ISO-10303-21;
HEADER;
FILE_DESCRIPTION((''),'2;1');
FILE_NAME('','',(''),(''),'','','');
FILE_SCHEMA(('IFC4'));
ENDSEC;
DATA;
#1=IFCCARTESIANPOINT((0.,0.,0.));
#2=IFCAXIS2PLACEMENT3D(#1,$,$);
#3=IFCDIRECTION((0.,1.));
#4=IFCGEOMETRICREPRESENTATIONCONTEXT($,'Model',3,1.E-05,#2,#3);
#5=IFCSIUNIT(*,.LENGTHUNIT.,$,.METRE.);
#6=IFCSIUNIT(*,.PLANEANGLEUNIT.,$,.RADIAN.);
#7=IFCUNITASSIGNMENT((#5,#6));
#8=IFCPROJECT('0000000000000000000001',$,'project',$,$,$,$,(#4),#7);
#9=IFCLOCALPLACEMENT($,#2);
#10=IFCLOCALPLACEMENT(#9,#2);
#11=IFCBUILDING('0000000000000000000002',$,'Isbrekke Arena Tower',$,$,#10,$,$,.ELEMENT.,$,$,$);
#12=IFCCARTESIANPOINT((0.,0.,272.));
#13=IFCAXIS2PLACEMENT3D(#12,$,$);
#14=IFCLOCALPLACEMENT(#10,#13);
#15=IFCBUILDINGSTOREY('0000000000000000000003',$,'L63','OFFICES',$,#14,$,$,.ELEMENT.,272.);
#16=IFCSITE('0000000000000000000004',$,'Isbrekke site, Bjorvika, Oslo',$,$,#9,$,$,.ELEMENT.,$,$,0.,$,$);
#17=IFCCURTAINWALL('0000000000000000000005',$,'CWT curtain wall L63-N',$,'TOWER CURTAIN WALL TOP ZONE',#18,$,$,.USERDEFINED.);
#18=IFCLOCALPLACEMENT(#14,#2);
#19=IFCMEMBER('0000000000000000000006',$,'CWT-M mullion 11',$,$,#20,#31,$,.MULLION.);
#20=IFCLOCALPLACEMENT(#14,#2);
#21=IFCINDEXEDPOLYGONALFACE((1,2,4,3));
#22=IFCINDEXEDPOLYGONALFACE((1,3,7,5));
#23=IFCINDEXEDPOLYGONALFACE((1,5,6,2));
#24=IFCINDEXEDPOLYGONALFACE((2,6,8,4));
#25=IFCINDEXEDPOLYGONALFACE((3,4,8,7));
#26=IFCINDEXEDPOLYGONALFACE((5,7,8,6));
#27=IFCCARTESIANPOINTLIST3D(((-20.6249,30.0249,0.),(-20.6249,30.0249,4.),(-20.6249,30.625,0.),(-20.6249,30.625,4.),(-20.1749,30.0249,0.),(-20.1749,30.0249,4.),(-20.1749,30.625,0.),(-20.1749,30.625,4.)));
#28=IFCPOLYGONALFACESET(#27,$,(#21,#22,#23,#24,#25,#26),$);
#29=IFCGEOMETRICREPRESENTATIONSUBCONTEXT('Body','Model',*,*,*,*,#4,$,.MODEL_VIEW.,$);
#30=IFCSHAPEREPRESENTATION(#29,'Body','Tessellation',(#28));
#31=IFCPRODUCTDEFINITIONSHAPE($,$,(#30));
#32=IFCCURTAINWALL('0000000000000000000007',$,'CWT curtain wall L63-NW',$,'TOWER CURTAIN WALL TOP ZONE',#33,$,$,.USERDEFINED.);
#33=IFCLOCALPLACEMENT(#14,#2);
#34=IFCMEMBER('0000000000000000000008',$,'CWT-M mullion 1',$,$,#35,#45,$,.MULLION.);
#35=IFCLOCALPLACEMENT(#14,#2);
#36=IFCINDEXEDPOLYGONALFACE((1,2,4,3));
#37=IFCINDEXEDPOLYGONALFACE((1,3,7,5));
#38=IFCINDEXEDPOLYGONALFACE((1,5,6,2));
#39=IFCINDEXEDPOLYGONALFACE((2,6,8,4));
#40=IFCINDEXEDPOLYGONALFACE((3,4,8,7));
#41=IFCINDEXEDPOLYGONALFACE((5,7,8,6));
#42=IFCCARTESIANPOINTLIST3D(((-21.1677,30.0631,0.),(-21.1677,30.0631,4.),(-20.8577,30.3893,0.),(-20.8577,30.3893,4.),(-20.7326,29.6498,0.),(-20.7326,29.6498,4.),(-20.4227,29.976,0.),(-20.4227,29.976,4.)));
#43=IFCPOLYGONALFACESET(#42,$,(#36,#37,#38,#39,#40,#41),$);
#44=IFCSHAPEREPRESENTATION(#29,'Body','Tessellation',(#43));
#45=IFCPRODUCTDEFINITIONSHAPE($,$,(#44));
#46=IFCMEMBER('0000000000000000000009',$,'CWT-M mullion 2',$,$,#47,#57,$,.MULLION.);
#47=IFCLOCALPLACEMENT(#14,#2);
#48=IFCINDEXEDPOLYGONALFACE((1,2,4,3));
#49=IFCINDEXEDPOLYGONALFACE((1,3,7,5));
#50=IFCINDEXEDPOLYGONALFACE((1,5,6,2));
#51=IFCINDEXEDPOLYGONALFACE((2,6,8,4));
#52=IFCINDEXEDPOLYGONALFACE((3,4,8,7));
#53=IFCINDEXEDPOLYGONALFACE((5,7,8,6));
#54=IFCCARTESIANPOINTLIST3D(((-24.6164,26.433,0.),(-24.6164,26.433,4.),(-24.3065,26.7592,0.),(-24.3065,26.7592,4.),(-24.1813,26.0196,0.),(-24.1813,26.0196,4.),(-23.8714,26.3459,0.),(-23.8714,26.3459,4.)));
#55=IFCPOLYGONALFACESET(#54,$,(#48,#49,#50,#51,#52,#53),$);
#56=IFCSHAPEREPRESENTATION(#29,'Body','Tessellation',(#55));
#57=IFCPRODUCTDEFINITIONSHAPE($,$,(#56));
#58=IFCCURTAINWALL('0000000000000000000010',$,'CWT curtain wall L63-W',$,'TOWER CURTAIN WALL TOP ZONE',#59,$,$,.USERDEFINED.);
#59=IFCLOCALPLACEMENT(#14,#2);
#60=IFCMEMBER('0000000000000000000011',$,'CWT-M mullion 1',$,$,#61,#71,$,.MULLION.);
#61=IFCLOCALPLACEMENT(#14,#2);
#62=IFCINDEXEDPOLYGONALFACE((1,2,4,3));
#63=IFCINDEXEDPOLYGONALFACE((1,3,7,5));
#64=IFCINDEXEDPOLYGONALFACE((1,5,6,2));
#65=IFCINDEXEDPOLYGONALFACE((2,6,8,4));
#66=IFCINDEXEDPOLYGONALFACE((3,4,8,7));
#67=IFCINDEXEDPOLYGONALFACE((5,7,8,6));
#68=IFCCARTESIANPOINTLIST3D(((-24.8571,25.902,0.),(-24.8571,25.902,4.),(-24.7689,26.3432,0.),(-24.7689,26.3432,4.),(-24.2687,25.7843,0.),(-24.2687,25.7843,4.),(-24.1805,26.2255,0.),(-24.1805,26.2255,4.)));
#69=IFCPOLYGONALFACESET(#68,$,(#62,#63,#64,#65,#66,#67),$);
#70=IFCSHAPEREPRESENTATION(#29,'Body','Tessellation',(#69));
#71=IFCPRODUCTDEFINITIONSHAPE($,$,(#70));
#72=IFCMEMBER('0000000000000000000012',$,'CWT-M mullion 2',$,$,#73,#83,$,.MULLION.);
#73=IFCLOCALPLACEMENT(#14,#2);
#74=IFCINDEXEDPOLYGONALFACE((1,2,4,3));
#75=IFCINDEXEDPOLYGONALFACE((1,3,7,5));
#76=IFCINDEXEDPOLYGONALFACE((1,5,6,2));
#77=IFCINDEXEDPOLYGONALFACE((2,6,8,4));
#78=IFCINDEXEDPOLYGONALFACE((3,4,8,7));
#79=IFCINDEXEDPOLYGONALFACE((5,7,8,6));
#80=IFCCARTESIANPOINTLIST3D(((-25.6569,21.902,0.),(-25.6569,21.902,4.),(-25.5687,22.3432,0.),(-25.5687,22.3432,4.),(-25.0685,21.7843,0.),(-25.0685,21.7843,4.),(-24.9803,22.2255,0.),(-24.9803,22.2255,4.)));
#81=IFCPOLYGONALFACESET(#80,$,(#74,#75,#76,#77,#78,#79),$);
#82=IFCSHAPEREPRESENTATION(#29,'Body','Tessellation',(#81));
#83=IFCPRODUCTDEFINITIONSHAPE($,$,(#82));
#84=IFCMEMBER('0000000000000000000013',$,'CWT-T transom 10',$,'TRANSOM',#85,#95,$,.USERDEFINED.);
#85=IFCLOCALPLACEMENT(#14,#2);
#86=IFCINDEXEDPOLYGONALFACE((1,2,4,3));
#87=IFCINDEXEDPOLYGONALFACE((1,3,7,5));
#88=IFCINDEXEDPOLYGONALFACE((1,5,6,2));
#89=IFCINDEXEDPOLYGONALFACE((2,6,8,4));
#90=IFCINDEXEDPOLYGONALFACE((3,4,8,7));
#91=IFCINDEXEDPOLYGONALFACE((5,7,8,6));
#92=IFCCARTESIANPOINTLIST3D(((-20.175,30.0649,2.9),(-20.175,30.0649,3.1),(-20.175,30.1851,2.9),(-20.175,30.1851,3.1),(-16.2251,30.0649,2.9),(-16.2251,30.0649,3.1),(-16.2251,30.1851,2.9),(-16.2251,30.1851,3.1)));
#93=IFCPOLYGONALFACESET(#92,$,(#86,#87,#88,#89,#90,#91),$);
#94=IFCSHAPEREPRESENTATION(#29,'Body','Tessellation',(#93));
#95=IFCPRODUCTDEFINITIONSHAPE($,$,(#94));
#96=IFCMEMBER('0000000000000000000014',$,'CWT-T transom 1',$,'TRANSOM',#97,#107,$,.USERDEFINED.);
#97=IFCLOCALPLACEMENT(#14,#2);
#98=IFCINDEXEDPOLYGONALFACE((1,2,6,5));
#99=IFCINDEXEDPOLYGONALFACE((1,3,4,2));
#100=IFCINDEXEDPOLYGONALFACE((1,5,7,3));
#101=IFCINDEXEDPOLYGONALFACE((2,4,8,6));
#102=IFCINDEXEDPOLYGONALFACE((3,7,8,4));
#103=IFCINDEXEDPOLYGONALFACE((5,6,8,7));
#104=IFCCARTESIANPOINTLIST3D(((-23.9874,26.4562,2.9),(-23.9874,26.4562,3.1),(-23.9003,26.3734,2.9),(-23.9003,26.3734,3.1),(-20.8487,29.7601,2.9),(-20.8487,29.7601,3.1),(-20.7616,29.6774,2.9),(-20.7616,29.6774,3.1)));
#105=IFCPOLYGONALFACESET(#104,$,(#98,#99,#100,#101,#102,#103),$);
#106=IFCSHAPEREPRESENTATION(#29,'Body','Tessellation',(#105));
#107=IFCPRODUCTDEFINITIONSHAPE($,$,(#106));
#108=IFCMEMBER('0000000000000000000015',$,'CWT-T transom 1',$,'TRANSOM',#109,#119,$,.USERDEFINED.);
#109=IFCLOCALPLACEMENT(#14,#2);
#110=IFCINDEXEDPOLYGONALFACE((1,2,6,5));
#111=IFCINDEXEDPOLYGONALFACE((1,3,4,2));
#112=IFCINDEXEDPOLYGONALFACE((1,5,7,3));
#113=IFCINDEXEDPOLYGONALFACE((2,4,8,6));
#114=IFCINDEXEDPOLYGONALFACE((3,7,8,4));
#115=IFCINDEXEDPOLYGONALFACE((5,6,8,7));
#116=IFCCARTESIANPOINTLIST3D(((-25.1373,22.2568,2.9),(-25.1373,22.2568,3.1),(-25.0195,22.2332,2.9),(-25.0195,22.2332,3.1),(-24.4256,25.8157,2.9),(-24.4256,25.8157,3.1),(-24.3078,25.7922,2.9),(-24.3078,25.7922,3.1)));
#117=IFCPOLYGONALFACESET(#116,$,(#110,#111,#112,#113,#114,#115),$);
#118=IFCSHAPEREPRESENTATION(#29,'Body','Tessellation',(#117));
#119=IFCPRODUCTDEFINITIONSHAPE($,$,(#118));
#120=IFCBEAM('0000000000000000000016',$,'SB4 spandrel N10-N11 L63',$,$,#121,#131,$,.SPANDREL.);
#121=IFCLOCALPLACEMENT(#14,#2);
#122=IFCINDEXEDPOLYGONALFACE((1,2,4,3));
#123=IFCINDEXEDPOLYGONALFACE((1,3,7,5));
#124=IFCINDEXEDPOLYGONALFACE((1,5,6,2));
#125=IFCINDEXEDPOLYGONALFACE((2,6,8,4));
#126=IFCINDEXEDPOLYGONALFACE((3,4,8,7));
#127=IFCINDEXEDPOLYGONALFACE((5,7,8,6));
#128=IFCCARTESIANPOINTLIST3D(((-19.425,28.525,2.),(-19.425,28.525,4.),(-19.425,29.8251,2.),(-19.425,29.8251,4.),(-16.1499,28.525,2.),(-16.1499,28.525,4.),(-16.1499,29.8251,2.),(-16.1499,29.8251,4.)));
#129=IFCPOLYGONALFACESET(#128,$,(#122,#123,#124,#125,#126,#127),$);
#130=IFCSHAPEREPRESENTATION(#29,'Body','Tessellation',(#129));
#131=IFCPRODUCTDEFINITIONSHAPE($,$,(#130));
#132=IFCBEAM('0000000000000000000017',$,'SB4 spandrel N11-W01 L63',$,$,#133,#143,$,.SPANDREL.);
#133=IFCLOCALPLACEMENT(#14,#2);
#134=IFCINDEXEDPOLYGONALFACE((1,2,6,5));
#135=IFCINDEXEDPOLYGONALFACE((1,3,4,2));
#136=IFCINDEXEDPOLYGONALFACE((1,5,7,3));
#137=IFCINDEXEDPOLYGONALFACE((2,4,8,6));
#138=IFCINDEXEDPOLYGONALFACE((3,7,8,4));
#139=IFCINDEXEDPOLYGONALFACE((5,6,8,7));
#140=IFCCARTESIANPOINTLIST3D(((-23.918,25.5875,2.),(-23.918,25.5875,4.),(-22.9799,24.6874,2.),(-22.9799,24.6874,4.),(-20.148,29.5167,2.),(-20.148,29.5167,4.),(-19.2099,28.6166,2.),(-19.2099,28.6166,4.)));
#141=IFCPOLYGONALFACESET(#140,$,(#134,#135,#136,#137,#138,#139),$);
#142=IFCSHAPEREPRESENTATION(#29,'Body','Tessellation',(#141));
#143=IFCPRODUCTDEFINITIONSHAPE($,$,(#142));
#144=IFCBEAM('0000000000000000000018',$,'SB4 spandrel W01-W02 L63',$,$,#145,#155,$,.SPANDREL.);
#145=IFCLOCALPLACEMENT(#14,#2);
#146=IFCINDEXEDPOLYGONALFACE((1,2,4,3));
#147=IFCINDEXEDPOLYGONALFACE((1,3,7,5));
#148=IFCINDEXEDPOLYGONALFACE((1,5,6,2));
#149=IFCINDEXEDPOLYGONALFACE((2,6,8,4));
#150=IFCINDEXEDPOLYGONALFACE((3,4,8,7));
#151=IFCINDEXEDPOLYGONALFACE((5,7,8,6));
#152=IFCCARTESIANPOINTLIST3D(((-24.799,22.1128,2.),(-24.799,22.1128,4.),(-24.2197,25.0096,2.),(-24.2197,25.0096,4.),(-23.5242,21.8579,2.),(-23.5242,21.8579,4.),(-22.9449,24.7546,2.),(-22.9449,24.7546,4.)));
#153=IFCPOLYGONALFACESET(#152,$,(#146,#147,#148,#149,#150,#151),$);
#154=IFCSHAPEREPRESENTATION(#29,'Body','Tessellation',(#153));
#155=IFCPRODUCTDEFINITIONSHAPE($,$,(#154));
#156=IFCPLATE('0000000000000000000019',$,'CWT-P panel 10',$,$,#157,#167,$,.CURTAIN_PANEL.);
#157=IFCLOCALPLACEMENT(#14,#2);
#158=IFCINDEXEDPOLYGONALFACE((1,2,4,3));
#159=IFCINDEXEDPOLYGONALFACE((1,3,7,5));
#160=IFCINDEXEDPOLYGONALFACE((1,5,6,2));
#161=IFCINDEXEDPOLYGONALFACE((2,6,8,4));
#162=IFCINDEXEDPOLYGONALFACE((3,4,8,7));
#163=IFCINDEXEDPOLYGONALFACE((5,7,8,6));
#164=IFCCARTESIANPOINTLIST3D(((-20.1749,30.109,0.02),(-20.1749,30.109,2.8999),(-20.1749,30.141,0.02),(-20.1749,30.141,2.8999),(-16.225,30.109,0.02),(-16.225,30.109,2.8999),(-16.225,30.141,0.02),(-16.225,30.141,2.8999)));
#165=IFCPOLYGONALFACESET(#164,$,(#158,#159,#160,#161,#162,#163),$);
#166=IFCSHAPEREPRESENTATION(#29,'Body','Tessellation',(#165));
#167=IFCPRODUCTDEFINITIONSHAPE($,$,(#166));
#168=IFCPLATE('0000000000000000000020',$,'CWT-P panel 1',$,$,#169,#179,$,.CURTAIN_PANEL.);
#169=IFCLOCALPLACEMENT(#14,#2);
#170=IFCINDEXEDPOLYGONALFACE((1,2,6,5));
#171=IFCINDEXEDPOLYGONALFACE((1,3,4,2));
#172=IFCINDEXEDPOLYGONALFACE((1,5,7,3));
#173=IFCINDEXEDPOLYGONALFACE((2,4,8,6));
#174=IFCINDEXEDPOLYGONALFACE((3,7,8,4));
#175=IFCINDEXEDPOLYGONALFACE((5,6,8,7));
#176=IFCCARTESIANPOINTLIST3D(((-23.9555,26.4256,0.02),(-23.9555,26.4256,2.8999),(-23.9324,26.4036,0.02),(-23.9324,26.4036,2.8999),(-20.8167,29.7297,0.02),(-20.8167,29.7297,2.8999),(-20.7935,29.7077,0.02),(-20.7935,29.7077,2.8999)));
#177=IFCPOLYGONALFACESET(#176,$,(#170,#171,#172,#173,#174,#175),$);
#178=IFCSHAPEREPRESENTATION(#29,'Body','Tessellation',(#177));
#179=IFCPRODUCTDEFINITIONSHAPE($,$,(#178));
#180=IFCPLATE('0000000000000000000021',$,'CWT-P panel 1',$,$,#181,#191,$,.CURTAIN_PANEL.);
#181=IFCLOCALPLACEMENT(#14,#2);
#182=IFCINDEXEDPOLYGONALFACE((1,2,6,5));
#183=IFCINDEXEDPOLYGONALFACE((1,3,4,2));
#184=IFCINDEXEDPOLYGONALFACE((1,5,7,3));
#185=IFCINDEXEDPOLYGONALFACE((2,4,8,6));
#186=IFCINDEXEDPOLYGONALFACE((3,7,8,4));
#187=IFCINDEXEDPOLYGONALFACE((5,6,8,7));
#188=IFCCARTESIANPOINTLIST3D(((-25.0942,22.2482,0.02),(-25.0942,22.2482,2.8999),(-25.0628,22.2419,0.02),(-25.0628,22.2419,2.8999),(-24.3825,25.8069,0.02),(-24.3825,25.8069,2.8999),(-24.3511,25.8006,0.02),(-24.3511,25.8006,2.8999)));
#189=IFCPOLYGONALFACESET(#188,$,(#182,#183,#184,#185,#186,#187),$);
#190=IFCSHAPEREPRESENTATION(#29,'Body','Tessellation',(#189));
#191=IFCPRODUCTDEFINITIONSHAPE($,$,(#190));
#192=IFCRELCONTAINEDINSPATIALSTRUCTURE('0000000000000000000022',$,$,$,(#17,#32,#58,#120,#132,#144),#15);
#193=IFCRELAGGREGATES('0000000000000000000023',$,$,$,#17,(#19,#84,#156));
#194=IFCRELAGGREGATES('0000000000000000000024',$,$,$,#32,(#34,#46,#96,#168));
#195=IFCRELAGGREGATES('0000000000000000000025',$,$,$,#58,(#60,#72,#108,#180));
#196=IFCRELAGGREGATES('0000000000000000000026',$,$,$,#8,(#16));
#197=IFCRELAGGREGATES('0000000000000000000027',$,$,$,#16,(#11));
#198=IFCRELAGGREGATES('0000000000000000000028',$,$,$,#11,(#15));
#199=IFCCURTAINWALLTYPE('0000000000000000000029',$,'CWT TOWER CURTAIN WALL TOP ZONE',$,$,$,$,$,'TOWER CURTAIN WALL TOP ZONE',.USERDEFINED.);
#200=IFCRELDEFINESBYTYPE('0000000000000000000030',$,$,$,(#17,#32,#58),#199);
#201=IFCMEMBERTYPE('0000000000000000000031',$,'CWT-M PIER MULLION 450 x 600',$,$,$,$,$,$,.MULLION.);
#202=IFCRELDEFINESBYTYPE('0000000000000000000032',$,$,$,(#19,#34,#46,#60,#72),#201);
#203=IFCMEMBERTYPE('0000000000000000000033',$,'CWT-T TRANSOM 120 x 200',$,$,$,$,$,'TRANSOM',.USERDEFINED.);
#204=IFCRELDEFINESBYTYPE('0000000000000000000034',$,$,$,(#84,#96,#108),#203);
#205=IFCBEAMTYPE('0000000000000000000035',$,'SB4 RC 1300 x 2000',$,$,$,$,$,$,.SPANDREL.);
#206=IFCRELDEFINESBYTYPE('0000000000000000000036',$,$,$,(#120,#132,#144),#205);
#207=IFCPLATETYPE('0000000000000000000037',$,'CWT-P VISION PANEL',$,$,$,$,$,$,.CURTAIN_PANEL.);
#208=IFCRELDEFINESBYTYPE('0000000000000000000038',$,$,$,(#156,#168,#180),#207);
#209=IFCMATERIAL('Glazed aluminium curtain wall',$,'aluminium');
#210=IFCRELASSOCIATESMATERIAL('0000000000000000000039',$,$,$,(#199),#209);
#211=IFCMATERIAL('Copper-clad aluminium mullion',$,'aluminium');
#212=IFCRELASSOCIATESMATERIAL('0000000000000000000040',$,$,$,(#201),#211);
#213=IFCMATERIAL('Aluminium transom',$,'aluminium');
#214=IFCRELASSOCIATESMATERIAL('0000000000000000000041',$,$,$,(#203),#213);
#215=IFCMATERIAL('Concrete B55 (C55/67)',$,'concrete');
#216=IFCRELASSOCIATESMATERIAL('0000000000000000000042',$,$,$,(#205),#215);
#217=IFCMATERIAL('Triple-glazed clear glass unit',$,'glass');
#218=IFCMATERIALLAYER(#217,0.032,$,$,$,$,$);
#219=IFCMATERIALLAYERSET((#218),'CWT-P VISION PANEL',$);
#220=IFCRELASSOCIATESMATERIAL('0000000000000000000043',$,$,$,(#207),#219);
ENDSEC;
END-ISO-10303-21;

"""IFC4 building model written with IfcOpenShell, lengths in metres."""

from ifc_helpers import new_model, si_unit, direction, frame, origin, origin_2d, place, context, subcontext, project, spatial, rectangle, extrude, material, layer, layer_set, material_profile, profile_set, type_object, element, aggregate, save


model = new_model("IFC4")

# Units and contexts
model_context = context("Model", 3, precision=1e-05, world=origin(), true_north=direction((0.0, 1.0)))
body_context = subcontext(model_context, "Body", "Model", "MODEL_VIEW")
ifc_project = project(units=[si_unit("LENGTHUNIT", "METRE"), si_unit("PLANEANGLEUNIT", "RADIAN")], contexts=[model_context])

# Site, building, storey
site_placement = place(None, origin())
site = spatial("IfcSite", under=ifc_project, at=site_placement, Name="Isbrekke site, Bjorvika, Oslo", CompositionType="ELEMENT", RefElevation=0.0)
building_placement = place(site_placement, origin())
building = spatial("IfcBuilding", under=site, at=building_placement, Name="Isbrekke Arena Tower", CompositionType="ELEMENT")
storey_placement = place(building_placement, frame((0.0, 0.0, 272.0)))
storey = spatial("IfcBuildingStorey", under=building, at=storey_placement, Name="L63", Description="OFFICES", CompositionType="ELEMENT", Elevation=272.0)

# Curtain wall, member
ifc_material_1 = material(Name="Glazed aluminium curtain wall", Category="aluminium")
curtain_wall_type = type_object("IfcCurtainWallType", Name="CWT TOWER CURTAIN WALL TOP ZONE", ElementType="TOWER CURTAIN WALL TOP ZONE", PredefinedType="USERDEFINED", material=ifc_material_1)
curtain_wall_1_placement = place(storey_placement, origin())
curtain_wall_1 = element("IfcCurtainWall", 1, at=curtain_wall_1_placement, inside=storey, type_object=curtain_wall_type, Name="CWT curtain wall L63-N", ObjectType="TOWER CURTAIN WALL TOP ZONE", PredefinedType="USERDEFINED")
ifc_material_2 = material(Name="Copper-clad aluminium mullion", Category="aluminium")
ifc_material_profile_1 = material_profile(ifc_material_2, rectangle(XDim=0.45, YDim=0.6001, at=origin_2d()), Name="PIER 450X600")
ifc_profile_set_1 = profile_set([ifc_material_profile_1], Name="Copper-clad aluminium mullion")
member_type_1 = type_object("IfcMemberType", Name="CWT-M PIER MULLION 450 x 600", PredefinedType="MULLION", material=ifc_profile_set_1)
member_1_placement = place(storey_placement, frame((-20.3999, 30.325, 0.0), z_axis=(0.0, 0.0, 1.0), x_axis=(-1.0, 0.0, 0.0)))
member_1 = element("IfcMember", 2, at=member_1_placement, type_object=member_type_1, Name="CWT-M mullion 11", PredefinedType="MULLION", context=body_context, shape_type="SweptSolid", body=[
    extrude(rectangle(XDim=0.45, YDim=0.6001, at=origin_2d()), origin(), (0.0, 0.0, 1.0), 4.0),
])

# Curtain walls, members
curtain_wall_2_placement = place(storey_placement, origin())
curtain_wall_2 = element("IfcCurtainWall", 3, at=curtain_wall_2_placement, inside=storey, type_object=curtain_wall_type, Name="CWT curtain wall L63-NW", ObjectType="TOWER CURTAIN WALL TOP ZONE", PredefinedType="USERDEFINED")
member_2_placement = place(storey_placement, frame((-20.7952, 30.0195, 0.0), z_axis=(0.0, 0.0, 1.0), x_axis=(-0.688749, -0.724999, 0.0)))
member_2 = element("IfcMember", 4, at=member_2_placement, type_object=member_type_1, Name="CWT-M mullion 1", PredefinedType="MULLION", context=body_context, shape_type="SweptSolid", body=[
    extrude(rectangle(XDim=0.45, YDim=0.6001, at=origin_2d()), origin(), (0.0, 0.0, 1.0), 4.0),
])
member_3_placement = place(storey_placement, frame((-24.2439, 26.3894, 0.0), z_axis=(0.0, 0.0, 1.0), x_axis=(-0.688749, -0.724999, 0.0)))
member_3 = element("IfcMember", 5, at=member_3_placement, type_object=member_type_1, Name="CWT-M mullion 2", PredefinedType="MULLION", context=body_context, shape_type="SweptSolid", body=[
    extrude(rectangle(XDim=0.45, YDim=0.6001, at=origin_2d()), origin(), (0.0, 0.0, 1.0), 4.0),
])
curtain_wall_3_placement = place(storey_placement, origin())
curtain_wall_3 = element("IfcCurtainWall", 6, at=curtain_wall_3_placement, inside=storey, type_object=curtain_wall_type, Name="CWT curtain wall L63-W", ObjectType="TOWER CURTAIN WALL TOP ZONE", PredefinedType="USERDEFINED")
member_4_placement = place(storey_placement, frame((-24.5188, 26.0637, 0.0), z_axis=(0.0, 0.0, 1.0), x_axis=(-0.196116, -0.980581, 0.0)))
member_4 = element("IfcMember", 7, at=member_4_placement, type_object=member_type_1, Name="CWT-M mullion 1", PredefinedType="MULLION", context=body_context, shape_type="SweptSolid", body=[
    extrude(rectangle(XDim=0.45, YDim=0.6001, at=origin_2d()), origin(), (0.0, 0.0, 1.0), 4.0),
])
member_5_placement = place(storey_placement, frame((-25.3186, 22.0637, 0.0), z_axis=(0.0, 0.0, 1.0), x_axis=(-0.196116, -0.980581, 0.0)))
member_5 = element("IfcMember", 8, at=member_5_placement, type_object=member_type_1, Name="CWT-M mullion 2", PredefinedType="MULLION", context=body_context, shape_type="SweptSolid", body=[
    extrude(rectangle(XDim=0.45, YDim=0.6001, at=origin_2d()), origin(), (0.0, 0.0, 1.0), 4.0),
])

# Members
ifc_material_3 = material(Name="Aluminium transom", Category="aluminium")
ifc_material_profile_2 = material_profile(ifc_material_3, rectangle(XDim=0.1201, YDim=0.2, at=origin_2d()), Name="TRANSOM 120X200")
ifc_profile_set_2 = profile_set([ifc_material_profile_2], Name="Aluminium transom")
member_type_2 = type_object("IfcMemberType", Name="CWT-T TRANSOM 120 x 200", ElementType="TRANSOM", PredefinedType="USERDEFINED", material=ifc_profile_set_2)
member_6_placement = place(storey_placement, frame((-16.2251, 30.125, 3.0), z_axis=(-1.0, 0.0, 0.0), x_axis=(0.0, -1.0, 0.0)))
member_6 = element("IfcMember", 9, at=member_6_placement, type_object=member_type_2, Name="CWT-T transom 10", ObjectType="TRANSOM", PredefinedType="USERDEFINED", context=body_context, shape_type="SweptSolid", body=[
    extrude(rectangle(XDim=0.1201, YDim=0.2, at=origin_2d()), origin(), (0.0, 0.0, 1.0), 3.95),
])
member_7_placement = place(storey_placement, frame((-20.8052, 29.7188, 3.0), z_axis=(-0.68874, -0.725009, 0.0), x_axis=(0.725009, -0.68874, 0.0)))
member_7 = element("IfcMember", 10, at=member_7_placement, type_object=member_type_2, Name="CWT-T transom 1", ObjectType="TRANSOM", PredefinedType="USERDEFINED", context=body_context, shape_type="SweptSolid", body=[
    extrude(rectangle(XDim=0.1201, YDim=0.2, at=origin_2d()), origin(), (0.0, 0.0, 1.0), 4.5571),
])
member_8_placement = place(storey_placement, frame((-24.3667, 25.804, 3.0), z_axis=(-0.19609, -0.980586, 0.0), x_axis=(0.980586, -0.19609, 0.0)))
member_8 = element("IfcMember", 11, at=member_8_placement, type_object=member_type_2, Name="CWT-T transom 1", ObjectType="TRANSOM", PredefinedType="USERDEFINED", context=body_context, shape_type="SweptSolid", body=[
    extrude(rectangle(XDim=0.1201, YDim=0.2, at=origin_2d()), origin(), (0.0, 0.0, 1.0), 3.6294),
])

# Beams
ifc_material_4 = material(Name="Concrete B55 (C55/67)", Category="concrete")
ifc_material_profile_3 = material_profile(ifc_material_4, rectangle(XDim=1.3, YDim=2.0, at=origin_2d()), Name="RC 1300x2000")
ifc_profile_set_3 = profile_set([ifc_material_profile_3], Name="Concrete B55 (C55/67)")
beam_type_1 = type_object("IfcBeamType", Name="SB4 RC 1300 x 2000", PredefinedType="SPANDREL", material=ifc_profile_set_3)
beam_1_placement = place(storey_placement, frame((-16.1499, 29.175, 3.0), z_axis=(-1.0, 0.0, 0.0), x_axis=(0.0, -1.0, 0.0)))
element("IfcBeam", 12, at=beam_1_placement, inside=storey, type_object=beam_type_1, Name="SB4 spandrel N10-N11 L63", PredefinedType="SPANDREL", context=body_context, shape_type="SweptSolid", body=[
    extrude(rectangle(XDim=1.3, YDim=2.0, at=origin_2d()), origin(), (0.0, 0.0, 1.0), 3.2751),
])
beam_2_placement = place(storey_placement, frame((-19.679, 29.0667, 3.0), z_axis=(-0.69234, -0.721572, 0.0), x_axis=(0.721572, -0.69234, 0.0)))
element("IfcBeam", 13, at=beam_2_placement, inside=storey, type_object=beam_type_1, Name="SB4 spandrel N11-W01 L63", PredefinedType="SPANDREL", context=body_context, shape_type="SweptSolid", body=[
    extrude(rectangle(XDim=1.3, YDim=2.0, at=origin_2d()), origin(), (0.0, 0.0, 1.0), 5.4453),
])
beam_3_placement = place(storey_placement, frame((-23.5823, 24.8821, 3.0), z_axis=(-0.196116, -0.980581, 0.0), x_axis=(0.980581, -0.196116, 0.0)))
element("IfcBeam", 14, at=beam_3_placement, inside=storey, type_object=beam_type_1, Name="SB4 spandrel W01-W02 L63", PredefinedType="SPANDREL", context=body_context, shape_type="SweptSolid", body=[
    extrude(rectangle(XDim=1.3, YDim=2.0, at=origin_2d()), origin(), (0.0, 0.0, 1.0), 2.9541),
])

# Plates
ifc_material_5 = material(Name="Triple-glazed clear glass unit", Category="glass")
ifc_layer_1 = layer(ifc_material_5, 0.032)
ifc_layer_set_1 = layer_set([ifc_layer_1], Name="CWT-P VISION PANEL")
plate_type = type_object("IfcPlateType", Name="CWT-P VISION PANEL", PredefinedType="CURTAIN_PANEL", material=ifc_layer_set_1)
plate_1_placement = place(storey_placement, frame((-18.2, 30.125, 0.02), z_axis=(0.0, 0.0, 1.0), x_axis=(-1.0, 0.0, 0.0)))
plate_1 = element("IfcPlate", 15, at=plate_1_placement, type_object=plate_type, Name="CWT-P panel 10", PredefinedType="CURTAIN_PANEL", context=body_context, shape_type="SweptSolid", body=[
    extrude(rectangle(XDim=3.95, YDim=0.032, at=origin_2d()), origin(), (0.0, 0.0, 1.0), 2.8799),
])
aggregate(curtain_wall_1, [member_1, member_6, plate_1])
plate_2_placement = place(storey_placement, frame((-22.3745, 28.0667, 0.02), z_axis=(0.0, 0.0, 1.0), x_axis=(-0.688749, -0.724999, 0.0)))
plate_2 = element("IfcPlate", 16, at=plate_2_placement, type_object=plate_type, Name="CWT-P panel 1", PredefinedType="CURTAIN_PANEL", context=body_context, shape_type="SweptSolid", body=[
    extrude(rectangle(XDim=4.5574, YDim=0.032, at=origin_2d()), origin(), (0.0, 0.0, 1.0), 2.8799),
])
aggregate(curtain_wall_2, [member_2, member_3, member_7, plate_2])
plate_3_placement = place(storey_placement, frame((-24.7227, 24.0244, 0.02), z_axis=(0.0, 0.0, 1.0), x_axis=(-0.196116, -0.980581, 0.0)))
plate_3 = element("IfcPlate", 17, at=plate_3_placement, type_object=plate_type, Name="CWT-P panel 1", PredefinedType="CURTAIN_PANEL", context=body_context, shape_type="SweptSolid", body=[
    extrude(rectangle(XDim=3.6292, YDim=0.032, at=origin_2d()), origin(), (0.0, 0.0, 1.0), 2.8799),
])
aggregate(curtain_wall_3, [member_4, member_5, member_8, plate_3])

save(model, "model.ifc")
